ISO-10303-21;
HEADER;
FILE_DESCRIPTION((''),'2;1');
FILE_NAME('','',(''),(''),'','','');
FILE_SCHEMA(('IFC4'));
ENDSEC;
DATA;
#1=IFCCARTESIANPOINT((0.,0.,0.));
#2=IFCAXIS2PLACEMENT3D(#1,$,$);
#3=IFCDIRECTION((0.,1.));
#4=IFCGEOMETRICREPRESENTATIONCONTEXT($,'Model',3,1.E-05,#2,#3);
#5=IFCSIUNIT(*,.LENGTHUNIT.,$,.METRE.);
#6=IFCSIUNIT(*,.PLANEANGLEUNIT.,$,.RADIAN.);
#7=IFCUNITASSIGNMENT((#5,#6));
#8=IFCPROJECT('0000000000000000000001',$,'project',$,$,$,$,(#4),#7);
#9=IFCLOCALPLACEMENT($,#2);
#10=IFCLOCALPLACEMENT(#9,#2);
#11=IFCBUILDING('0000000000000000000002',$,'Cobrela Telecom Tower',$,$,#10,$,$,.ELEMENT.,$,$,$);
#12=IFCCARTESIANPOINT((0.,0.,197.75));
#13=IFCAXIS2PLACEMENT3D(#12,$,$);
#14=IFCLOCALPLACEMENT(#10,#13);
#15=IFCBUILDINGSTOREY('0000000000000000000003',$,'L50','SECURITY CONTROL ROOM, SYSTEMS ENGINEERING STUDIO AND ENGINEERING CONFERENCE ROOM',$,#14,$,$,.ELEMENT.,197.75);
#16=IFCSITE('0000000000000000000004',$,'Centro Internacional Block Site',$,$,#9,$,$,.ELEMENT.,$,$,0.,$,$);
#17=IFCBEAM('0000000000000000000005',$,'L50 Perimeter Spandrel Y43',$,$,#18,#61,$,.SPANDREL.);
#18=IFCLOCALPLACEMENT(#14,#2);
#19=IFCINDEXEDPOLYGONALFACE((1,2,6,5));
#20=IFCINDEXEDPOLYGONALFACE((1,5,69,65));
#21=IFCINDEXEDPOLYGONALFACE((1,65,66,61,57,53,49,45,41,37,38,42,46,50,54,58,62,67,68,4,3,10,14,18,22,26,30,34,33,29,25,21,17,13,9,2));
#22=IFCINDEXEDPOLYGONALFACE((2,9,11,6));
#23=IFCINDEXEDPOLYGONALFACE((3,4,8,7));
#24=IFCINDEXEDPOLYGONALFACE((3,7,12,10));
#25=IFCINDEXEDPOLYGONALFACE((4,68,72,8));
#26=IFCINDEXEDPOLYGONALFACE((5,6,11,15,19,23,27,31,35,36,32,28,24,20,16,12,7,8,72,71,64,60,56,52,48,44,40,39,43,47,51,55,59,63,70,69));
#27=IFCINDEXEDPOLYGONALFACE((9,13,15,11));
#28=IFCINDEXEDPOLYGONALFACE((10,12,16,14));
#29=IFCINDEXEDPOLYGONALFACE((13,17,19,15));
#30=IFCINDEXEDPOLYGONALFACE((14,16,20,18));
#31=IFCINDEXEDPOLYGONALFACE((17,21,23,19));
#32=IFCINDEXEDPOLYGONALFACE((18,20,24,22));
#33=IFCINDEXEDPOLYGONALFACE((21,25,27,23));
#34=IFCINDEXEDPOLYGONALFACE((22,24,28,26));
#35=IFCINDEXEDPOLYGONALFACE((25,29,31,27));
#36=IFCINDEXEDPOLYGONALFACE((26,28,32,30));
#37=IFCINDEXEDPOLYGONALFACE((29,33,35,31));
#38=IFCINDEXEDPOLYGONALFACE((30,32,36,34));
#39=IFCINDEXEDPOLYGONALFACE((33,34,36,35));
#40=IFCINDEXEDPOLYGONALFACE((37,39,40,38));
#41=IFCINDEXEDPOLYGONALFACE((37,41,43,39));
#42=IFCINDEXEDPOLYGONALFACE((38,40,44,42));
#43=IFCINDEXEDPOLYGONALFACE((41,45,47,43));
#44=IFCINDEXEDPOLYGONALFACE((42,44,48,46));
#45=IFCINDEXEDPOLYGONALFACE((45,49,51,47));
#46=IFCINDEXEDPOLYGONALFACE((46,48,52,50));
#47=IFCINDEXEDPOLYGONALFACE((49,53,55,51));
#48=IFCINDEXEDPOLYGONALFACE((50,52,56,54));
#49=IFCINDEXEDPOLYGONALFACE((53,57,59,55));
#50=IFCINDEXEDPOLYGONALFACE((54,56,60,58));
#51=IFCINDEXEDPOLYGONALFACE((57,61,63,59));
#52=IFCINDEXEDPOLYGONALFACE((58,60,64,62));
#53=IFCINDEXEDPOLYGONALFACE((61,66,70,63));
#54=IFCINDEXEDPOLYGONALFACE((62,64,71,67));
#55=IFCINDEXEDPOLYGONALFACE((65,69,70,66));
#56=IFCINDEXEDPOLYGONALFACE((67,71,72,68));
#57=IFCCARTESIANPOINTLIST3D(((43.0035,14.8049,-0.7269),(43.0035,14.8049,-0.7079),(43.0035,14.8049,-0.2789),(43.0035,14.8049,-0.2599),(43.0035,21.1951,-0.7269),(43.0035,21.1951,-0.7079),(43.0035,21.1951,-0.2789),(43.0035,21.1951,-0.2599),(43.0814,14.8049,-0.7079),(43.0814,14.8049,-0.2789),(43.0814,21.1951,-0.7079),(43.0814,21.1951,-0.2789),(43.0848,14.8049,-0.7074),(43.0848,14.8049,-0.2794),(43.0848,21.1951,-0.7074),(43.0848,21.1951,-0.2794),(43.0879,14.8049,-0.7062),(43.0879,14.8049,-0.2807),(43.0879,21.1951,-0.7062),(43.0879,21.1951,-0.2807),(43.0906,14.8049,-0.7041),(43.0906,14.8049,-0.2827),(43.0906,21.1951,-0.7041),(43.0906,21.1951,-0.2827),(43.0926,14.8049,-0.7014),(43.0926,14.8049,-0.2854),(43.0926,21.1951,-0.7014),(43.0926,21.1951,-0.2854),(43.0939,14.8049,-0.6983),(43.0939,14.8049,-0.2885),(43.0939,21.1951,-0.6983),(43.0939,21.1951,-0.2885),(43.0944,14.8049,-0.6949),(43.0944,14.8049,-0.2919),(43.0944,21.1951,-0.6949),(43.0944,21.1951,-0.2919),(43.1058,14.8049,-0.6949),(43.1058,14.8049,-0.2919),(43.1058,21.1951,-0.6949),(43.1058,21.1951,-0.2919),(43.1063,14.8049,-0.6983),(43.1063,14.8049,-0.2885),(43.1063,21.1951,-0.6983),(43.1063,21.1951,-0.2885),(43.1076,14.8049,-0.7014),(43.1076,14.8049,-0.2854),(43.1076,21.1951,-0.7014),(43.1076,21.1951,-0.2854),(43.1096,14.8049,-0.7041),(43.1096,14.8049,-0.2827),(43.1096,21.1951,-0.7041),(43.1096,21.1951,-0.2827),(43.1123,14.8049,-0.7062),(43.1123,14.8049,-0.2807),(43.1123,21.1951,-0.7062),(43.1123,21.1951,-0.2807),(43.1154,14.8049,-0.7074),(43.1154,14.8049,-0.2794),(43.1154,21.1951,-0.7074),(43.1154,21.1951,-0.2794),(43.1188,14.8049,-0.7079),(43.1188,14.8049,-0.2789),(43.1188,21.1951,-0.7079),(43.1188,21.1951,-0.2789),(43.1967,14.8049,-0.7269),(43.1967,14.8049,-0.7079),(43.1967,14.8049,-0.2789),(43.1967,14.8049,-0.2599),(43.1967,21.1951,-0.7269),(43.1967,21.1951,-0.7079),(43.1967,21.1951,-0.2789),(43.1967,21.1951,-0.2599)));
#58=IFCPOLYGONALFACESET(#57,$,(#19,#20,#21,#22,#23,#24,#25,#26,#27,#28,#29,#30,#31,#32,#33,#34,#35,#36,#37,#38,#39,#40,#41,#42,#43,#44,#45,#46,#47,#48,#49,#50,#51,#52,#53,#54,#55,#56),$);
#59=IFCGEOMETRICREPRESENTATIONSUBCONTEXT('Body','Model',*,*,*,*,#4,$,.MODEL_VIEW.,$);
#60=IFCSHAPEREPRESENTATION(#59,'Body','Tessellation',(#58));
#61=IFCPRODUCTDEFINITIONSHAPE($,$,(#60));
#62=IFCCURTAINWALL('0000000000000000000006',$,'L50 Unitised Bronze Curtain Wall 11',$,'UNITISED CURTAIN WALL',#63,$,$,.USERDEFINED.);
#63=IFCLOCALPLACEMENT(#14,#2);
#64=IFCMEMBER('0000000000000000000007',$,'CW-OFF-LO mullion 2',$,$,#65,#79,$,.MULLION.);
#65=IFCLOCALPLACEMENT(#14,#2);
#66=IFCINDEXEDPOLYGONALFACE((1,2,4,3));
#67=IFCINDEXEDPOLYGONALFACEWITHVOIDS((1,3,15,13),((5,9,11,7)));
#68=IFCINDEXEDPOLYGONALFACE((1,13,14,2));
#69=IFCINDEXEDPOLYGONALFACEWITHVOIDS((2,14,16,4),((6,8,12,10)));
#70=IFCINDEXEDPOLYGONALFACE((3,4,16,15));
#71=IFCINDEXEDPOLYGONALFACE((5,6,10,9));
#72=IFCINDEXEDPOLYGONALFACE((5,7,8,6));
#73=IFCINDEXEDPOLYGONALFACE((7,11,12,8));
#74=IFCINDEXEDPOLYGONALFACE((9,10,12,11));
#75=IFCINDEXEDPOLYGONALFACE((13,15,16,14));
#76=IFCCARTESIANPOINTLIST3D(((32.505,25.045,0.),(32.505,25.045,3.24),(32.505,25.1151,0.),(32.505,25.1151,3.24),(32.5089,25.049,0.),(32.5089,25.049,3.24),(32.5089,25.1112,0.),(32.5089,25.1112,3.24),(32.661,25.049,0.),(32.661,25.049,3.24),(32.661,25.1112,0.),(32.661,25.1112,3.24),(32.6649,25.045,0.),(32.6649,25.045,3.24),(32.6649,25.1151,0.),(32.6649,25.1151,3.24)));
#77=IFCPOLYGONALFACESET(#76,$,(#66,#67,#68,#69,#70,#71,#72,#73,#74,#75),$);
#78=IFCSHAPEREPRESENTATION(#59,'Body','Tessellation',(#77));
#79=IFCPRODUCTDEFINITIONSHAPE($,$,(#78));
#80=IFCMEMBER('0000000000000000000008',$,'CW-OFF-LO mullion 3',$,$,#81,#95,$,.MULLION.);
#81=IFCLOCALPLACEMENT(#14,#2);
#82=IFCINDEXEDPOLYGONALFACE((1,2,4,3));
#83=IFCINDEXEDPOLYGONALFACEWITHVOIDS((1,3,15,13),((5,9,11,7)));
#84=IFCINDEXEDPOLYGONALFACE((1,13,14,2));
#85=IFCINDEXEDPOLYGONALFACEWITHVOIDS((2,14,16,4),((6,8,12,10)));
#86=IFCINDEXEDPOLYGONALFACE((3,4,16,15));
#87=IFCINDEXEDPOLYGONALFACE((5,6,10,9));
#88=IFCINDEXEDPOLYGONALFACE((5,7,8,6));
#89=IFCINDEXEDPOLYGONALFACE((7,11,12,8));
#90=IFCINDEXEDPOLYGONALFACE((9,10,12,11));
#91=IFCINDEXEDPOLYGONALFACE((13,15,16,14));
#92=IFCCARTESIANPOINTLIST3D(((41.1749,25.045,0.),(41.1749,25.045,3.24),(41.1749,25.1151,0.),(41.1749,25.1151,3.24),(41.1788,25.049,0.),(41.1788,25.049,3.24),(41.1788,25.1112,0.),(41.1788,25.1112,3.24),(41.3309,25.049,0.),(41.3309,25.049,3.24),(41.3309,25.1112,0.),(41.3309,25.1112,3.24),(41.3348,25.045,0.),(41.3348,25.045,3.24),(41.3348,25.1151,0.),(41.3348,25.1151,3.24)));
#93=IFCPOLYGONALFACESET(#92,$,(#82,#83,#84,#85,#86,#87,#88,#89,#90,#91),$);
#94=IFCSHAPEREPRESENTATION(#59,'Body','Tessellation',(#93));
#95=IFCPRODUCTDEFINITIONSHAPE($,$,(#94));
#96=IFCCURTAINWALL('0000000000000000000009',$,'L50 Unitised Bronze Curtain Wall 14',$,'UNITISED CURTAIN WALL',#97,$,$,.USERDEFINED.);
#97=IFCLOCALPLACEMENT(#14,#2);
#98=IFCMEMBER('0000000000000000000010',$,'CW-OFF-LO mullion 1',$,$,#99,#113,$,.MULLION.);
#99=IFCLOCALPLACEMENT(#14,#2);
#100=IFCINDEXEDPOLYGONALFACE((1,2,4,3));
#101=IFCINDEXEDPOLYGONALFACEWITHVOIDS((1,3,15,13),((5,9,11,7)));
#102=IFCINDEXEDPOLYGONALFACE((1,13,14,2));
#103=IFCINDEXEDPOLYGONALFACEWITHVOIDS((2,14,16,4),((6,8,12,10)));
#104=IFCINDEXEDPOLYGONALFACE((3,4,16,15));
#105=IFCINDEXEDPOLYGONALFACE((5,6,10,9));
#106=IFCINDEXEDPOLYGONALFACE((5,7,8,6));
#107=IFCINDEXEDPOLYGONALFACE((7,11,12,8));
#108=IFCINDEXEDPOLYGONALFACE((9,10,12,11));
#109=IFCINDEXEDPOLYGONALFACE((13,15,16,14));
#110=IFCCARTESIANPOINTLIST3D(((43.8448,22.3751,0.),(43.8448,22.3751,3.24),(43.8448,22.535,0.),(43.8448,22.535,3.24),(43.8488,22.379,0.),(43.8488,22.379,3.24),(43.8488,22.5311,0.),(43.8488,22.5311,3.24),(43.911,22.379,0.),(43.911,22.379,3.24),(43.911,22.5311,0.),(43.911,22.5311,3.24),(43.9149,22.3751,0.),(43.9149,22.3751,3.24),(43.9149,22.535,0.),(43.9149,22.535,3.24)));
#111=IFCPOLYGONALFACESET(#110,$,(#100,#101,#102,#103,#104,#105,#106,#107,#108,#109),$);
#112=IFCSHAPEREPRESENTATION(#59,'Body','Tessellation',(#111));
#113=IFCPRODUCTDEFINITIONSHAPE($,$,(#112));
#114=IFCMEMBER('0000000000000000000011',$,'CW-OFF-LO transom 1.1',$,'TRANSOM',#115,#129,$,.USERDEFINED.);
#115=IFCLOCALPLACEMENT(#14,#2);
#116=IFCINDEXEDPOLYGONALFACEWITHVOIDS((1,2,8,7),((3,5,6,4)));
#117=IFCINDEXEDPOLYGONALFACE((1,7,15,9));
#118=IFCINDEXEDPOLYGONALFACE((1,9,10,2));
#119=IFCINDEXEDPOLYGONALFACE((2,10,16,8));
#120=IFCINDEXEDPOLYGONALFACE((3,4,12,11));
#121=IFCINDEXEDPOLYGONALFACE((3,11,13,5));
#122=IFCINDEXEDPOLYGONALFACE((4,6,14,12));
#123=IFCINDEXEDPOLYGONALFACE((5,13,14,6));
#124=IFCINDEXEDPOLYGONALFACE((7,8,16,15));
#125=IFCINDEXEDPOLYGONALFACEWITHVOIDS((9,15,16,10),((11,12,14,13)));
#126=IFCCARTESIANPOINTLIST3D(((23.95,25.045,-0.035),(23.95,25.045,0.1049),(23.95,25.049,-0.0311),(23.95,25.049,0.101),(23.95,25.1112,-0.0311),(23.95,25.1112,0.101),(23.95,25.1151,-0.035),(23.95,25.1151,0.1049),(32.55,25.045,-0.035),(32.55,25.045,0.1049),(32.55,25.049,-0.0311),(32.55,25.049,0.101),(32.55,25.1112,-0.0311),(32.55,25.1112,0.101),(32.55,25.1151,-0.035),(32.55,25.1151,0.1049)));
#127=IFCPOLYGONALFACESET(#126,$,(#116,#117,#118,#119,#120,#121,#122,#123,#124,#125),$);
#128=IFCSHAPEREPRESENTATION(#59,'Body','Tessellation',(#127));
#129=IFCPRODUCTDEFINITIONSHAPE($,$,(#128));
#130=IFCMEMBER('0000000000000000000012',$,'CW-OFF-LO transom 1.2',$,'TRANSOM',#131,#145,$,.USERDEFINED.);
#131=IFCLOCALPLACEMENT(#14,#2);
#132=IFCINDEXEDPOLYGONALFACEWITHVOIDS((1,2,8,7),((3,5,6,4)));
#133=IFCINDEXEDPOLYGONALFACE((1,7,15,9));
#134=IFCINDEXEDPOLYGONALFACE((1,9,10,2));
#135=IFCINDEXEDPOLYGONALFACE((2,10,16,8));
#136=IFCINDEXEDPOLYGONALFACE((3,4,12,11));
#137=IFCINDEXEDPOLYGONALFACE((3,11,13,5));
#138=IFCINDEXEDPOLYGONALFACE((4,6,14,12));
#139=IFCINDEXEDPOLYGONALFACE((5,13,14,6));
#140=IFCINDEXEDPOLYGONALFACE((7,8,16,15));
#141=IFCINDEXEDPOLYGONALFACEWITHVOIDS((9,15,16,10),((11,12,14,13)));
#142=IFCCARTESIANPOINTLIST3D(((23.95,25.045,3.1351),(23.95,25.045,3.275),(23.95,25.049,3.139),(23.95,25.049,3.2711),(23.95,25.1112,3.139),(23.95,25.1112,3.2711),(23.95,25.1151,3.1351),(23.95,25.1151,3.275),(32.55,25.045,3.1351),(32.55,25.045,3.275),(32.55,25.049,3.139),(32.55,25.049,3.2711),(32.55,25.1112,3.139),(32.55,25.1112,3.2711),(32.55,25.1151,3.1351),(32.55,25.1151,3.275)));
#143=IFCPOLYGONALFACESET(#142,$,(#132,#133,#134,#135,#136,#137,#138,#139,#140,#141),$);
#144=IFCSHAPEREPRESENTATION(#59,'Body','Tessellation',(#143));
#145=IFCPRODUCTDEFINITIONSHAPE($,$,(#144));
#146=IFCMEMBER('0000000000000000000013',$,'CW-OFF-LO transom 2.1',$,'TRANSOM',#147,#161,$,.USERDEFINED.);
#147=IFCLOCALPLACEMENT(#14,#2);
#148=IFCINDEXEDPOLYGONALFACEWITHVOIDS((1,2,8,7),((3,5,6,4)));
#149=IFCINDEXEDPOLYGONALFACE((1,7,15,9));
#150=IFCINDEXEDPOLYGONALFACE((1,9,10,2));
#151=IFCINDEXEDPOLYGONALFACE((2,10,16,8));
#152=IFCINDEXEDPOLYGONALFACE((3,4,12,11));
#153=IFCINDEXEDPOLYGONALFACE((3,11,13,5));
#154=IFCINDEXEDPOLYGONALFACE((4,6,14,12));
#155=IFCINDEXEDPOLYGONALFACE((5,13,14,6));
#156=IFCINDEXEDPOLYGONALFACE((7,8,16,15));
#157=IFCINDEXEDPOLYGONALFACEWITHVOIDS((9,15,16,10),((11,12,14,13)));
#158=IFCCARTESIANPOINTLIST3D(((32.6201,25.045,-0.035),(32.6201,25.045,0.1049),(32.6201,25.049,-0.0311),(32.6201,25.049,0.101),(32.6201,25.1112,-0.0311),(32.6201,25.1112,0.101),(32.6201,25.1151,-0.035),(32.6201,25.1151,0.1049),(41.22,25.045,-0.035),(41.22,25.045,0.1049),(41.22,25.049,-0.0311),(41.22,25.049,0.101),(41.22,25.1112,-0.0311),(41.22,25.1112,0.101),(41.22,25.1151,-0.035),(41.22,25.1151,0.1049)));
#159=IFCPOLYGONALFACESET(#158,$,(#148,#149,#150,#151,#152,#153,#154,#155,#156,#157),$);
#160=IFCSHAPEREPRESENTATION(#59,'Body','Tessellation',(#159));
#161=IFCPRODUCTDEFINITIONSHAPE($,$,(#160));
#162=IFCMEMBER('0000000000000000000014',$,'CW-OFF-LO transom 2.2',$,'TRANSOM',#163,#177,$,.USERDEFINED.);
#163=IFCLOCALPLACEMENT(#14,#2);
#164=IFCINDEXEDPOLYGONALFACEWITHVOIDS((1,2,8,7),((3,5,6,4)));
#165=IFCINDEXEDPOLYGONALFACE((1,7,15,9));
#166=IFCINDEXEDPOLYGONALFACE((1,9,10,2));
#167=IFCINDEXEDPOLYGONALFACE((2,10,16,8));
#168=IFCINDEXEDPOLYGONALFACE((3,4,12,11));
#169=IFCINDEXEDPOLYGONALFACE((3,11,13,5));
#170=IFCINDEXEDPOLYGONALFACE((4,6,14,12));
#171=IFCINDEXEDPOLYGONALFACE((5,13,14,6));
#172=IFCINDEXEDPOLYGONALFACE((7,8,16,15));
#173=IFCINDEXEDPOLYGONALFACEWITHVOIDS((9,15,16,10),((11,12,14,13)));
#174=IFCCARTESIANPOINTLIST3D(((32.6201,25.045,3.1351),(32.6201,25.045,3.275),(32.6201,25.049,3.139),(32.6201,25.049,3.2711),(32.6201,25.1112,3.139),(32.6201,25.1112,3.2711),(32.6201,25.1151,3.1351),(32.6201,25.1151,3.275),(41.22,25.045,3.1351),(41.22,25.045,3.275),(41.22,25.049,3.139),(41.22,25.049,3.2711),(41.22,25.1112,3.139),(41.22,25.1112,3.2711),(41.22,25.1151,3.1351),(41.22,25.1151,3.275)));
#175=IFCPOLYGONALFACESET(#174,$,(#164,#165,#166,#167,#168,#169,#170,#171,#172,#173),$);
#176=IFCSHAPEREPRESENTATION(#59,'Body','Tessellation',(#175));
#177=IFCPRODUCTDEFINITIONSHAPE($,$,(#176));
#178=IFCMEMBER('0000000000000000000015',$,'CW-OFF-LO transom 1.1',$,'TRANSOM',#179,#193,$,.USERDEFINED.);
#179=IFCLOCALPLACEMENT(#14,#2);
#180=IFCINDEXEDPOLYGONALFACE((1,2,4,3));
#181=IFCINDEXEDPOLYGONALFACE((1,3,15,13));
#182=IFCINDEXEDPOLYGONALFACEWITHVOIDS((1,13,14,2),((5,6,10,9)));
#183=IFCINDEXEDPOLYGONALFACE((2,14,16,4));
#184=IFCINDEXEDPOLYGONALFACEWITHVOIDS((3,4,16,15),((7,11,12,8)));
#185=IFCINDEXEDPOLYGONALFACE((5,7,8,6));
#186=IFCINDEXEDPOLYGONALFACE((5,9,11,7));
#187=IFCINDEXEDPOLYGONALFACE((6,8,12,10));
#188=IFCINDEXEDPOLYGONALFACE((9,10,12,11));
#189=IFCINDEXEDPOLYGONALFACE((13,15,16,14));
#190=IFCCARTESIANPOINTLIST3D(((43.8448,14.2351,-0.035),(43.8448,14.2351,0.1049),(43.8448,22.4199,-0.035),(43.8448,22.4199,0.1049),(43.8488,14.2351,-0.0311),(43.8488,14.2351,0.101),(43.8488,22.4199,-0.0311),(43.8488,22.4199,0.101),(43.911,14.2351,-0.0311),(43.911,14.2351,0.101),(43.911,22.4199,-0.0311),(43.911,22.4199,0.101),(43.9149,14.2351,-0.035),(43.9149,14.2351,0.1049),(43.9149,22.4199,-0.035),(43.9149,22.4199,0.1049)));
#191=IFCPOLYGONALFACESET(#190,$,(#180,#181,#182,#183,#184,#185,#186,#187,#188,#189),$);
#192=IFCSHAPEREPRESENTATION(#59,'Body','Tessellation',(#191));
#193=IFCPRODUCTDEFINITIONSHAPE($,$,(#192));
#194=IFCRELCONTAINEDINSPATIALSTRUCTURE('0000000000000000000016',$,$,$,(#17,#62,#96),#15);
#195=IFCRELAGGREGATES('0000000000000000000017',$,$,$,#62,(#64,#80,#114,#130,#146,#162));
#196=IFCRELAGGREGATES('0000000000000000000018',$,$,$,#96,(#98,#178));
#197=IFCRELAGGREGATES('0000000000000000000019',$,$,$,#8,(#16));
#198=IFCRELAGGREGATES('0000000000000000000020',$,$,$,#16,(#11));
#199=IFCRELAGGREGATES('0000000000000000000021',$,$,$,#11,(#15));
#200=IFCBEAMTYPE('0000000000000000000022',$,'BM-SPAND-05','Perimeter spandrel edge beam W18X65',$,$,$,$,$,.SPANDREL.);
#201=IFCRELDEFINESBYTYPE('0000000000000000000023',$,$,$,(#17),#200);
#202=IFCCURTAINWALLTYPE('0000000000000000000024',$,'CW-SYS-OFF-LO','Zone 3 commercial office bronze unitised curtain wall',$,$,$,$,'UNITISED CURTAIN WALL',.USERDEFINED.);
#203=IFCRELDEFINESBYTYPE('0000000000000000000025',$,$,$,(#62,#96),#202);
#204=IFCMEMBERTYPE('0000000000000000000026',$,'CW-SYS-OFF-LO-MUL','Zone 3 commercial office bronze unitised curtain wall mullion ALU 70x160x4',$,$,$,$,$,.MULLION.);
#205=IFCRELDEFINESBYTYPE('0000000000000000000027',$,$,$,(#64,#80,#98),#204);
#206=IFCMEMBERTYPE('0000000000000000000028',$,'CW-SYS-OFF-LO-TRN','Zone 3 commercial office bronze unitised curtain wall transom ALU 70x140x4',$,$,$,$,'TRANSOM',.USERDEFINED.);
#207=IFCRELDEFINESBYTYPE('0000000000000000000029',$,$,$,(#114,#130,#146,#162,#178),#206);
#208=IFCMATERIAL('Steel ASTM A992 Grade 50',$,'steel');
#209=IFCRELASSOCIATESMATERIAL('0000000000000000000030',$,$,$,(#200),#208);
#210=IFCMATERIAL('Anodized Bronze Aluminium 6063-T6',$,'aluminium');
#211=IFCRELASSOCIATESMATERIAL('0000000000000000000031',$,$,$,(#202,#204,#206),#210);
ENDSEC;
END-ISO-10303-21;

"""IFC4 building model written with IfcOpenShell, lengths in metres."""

from ifc_helpers import new_model, si_unit, direction, frame, origin, origin_2d, place, context, subcontext, project, spatial, hollow_rectangle, i_section, extrude, material, material_profile, profile_set, type_object, element, aggregate, save


model = new_model("IFC4")

# Units and contexts
model_context = context("Model", 3, precision=1e-05, world=origin(), true_north=direction((0.0, 1.0)))
body_context = subcontext(model_context, "Body", "Model", "MODEL_VIEW")
ifc_project = project(units=[si_unit("LENGTHUNIT", "METRE"), si_unit("PLANEANGLEUNIT", "RADIAN")], contexts=[model_context])

# Site, building, storey
site_placement = place(None, origin())
site = spatial("IfcSite", under=ifc_project, at=site_placement, Name="Centro Internacional Block Site", CompositionType="ELEMENT", RefElevation=0.0)
building_placement = place(site_placement, origin())
building = spatial("IfcBuilding", under=site, at=building_placement, Name="Cobrela Telecom Tower", CompositionType="ELEMENT")
storey_placement = place(building_placement, frame((0.0, 0.0, 197.75)))
storey = spatial("IfcBuildingStorey", under=building, at=storey_placement, Name="L50", Description="SECURITY CONTROL ROOM, SYSTEMS ENGINEERING STUDIO AND ENGINEERING CONFERENCE ROOM", CompositionType="ELEMENT", Elevation=197.75)

# Shared definitions
ifc_material_1 = material(Name="Steel ASTM A992 Grade 50", Category="steel")

# Beam
ifc_material_profile_1 = material_profile(ifc_material_1, i_section(OverallWidth=0.1931, OverallDepth=0.467, WebThickness=0.0115, FlangeThickness=0.019, FilletRadius=0.0129, at=origin_2d()), Name="W18X65")
ifc_profile_set_1 = profile_set([ifc_material_profile_1], Name="Steel ASTM A992 Grade 50")
beam_type_1 = type_object("IfcBeamType", Name="BM-SPAND-05", Description="Perimeter spandrel edge beam W18X65", PredefinedType="SPANDREL", material=ifc_profile_set_1)
beam_1_placement = place(storey_placement, frame((43.1001, 14.8049, -0.4934), z_axis=(0.0, 1.0, 0.0), x_axis=(-1.0, 0.0, 0.0)))
element("IfcBeam", 1, at=beam_1_placement, inside=storey, type_object=beam_type_1, Name="L50 Perimeter Spandrel Y43", PredefinedType="SPANDREL", context=body_context, shape_type="SweptSolid", body=[
    extrude(i_section(OverallWidth=0.1931, OverallDepth=0.467, WebThickness=0.0115, FlangeThickness=0.019, FilletRadius=0.0129, at=origin_2d()), origin(), (0.0, 0.0, 1.0), 6.3901),
])

# Curtain wall, members
ifc_material_2 = material(Name="Anodized Bronze Aluminium 6063-T6", Category="aluminium")
curtain_wall_type = type_object("IfcCurtainWallType", Name="CW-SYS-OFF-LO", Description="Zone 3 commercial office bronze unitised curtain wall", ElementType="UNITISED CURTAIN WALL", PredefinedType="USERDEFINED", material=ifc_material_2)
curtain_wall_1_placement = place(storey_placement, origin())
curtain_wall_1 = element("IfcCurtainWall", 2, at=curtain_wall_1_placement, inside=storey, type_object=curtain_wall_type, Name="L50 Unitised Bronze Curtain Wall 11", ObjectType="UNITISED CURTAIN WALL", PredefinedType="USERDEFINED")
ifc_material_profile_2 = material_profile(ifc_material_2, hollow_rectangle(XDim=0.0701, YDim=0.1599, WallThickness=0.0039, at=origin_2d()), Name="ALU 70x160x4")
ifc_profile_set_2 = profile_set([ifc_material_profile_2], Name="Anodized Bronze Aluminium 6063-T6")
member_type_1 = type_object("IfcMemberType", Name="CW-SYS-OFF-LO-MUL", Description="Zone 3 commercial office bronze unitised curtain wall mullion ALU 70x160x4", PredefinedType="MULLION", material=ifc_profile_set_2)
member_1_placement = place(storey_placement, frame((32.585, 25.0801, 0.0), z_axis=(0.0, 0.0, 1.0), x_axis=(0.0, 1.0, 0.0)))
member_1 = element("IfcMember", 3, at=member_1_placement, type_object=member_type_1, Name="CW-OFF-LO mullion 2", PredefinedType="MULLION", context=body_context, shape_type="SweptSolid", body=[
    extrude(hollow_rectangle(XDim=0.0701, YDim=0.1599, WallThickness=0.0039, at=origin_2d()), origin(), (0.0, 0.0, 1.0), 3.24),
])
member_2_placement = place(storey_placement, frame((41.2549, 25.0801, 0.0), z_axis=(0.0, 0.0, 1.0), x_axis=(0.0, 1.0, 0.0)))
member_2 = element("IfcMember", 4, at=member_2_placement, type_object=member_type_1, Name="CW-OFF-LO mullion 3", PredefinedType="MULLION", context=body_context, shape_type="SweptSolid", body=[
    extrude(hollow_rectangle(XDim=0.0701, YDim=0.1599, WallThickness=0.0039, at=origin_2d()), origin(), (0.0, 0.0, 1.0), 3.24),
])

# Curtain wall, member
curtain_wall_2_placement = place(storey_placement, origin())
curtain_wall_2 = element("IfcCurtainWall", 5, at=curtain_wall_2_placement, inside=storey, type_object=curtain_wall_type, Name="L50 Unitised Bronze Curtain Wall 14", ObjectType="UNITISED CURTAIN WALL", PredefinedType="USERDEFINED")
member_3_placement = place(storey_placement, frame((43.8799, 22.4551, 0.0), z_axis=(0.0, 0.0, 1.0), x_axis=(1.0, 0.0, 0.0)))
member_3 = element("IfcMember", 6, at=member_3_placement, type_object=member_type_1, Name="CW-OFF-LO mullion 1", PredefinedType="MULLION", context=body_context, shape_type="SweptSolid", body=[
    extrude(hollow_rectangle(XDim=0.0701, YDim=0.1599, WallThickness=0.0039, at=origin_2d()), origin(), (0.0, 0.0, 1.0), 3.24),
])

# Members
ifc_material_profile_3 = material_profile(ifc_material_2, hollow_rectangle(XDim=0.0701, YDim=0.1399, WallThickness=0.0039, at=origin_2d()), Name="ALU 70x140x4")
ifc_profile_set_3 = profile_set([ifc_material_profile_3], Name="Anodized Bronze Aluminium 6063-T6")
member_type_2 = type_object("IfcMemberType", Name="CW-SYS-OFF-LO-TRN", Description="Zone 3 commercial office bronze unitised curtain wall transom ALU 70x140x4", ElementType="TRANSOM", PredefinedType="USERDEFINED", material=ifc_profile_set_3)
member_4_placement = place(storey_placement, frame((23.95, 25.0801, 0.0349), z_axis=(1.0, 0.0, 0.0), x_axis=(0.0, 1.0, 0.0)))
member_4 = element("IfcMember", 7, at=member_4_placement, type_object=member_type_2, Name="CW-OFF-LO transom 1.1", ObjectType="TRANSOM", PredefinedType="USERDEFINED", context=body_context, shape_type="SweptSolid", body=[
    extrude(hollow_rectangle(XDim=0.0701, YDim=0.1399, WallThickness=0.0039, at=origin_2d()), origin(), (0.0, 0.0, 1.0), 8.6001),
])
member_5_placement = place(storey_placement, frame((23.95, 25.0801, 3.2051), z_axis=(1.0, 0.0, 0.0), x_axis=(0.0, 1.0, 0.0)))
member_5 = element("IfcMember", 8, at=member_5_placement, type_object=member_type_2, Name="CW-OFF-LO transom 1.2", ObjectType="TRANSOM", PredefinedType="USERDEFINED", context=body_context, shape_type="SweptSolid", body=[
    extrude(hollow_rectangle(XDim=0.0701, YDim=0.1399, WallThickness=0.0039, at=origin_2d()), origin(), (0.0, 0.0, 1.0), 8.6001),
])
member_6_placement = place(storey_placement, frame((32.6201, 25.0801, 0.0349), z_axis=(1.0, 0.0, 0.0), x_axis=(0.0, 1.0, 0.0)))
member_6 = element("IfcMember", 9, at=member_6_placement, type_object=member_type_2, Name="CW-OFF-LO transom 2.1", ObjectType="TRANSOM", PredefinedType="USERDEFINED", context=body_context, shape_type="SweptSolid", body=[
    extrude(hollow_rectangle(XDim=0.0701, YDim=0.1399, WallThickness=0.0039, at=origin_2d()), origin(), (0.0, 0.0, 1.0), 8.5999),
])
member_7_placement = place(storey_placement, frame((32.6201, 25.0801, 3.2051), z_axis=(1.0, 0.0, 0.0), x_axis=(0.0, 1.0, 0.0)))
member_7 = element("IfcMember", 10, at=member_7_placement, type_object=member_type_2, Name="CW-OFF-LO transom 2.2", ObjectType="TRANSOM", PredefinedType="USERDEFINED", context=body_context, shape_type="SweptSolid", body=[
    extrude(hollow_rectangle(XDim=0.0701, YDim=0.1399, WallThickness=0.0039, at=origin_2d()), origin(), (0.0, 0.0, 1.0), 8.5999),
])
member_8_placement = place(storey_placement, frame((43.8799, 22.4199, 0.0349), z_axis=(0.0, -1.0, 0.0), x_axis=(1.0, 0.0, 0.0)))
member_8 = element("IfcMember", 11, at=member_8_placement, type_object=member_type_2, Name="CW-OFF-LO transom 1.1", ObjectType="TRANSOM", PredefinedType="USERDEFINED", context=body_context, shape_type="SweptSolid", body=[
    extrude(hollow_rectangle(XDim=0.0701, YDim=0.1399, WallThickness=0.0039, at=origin_2d()), origin(), (0.0, 0.0, 1.0), 8.1848),
])

aggregate(curtain_wall_1, [member_1, member_2, member_4, member_5, member_6, member_7])
aggregate(curtain_wall_2, [member_3, member_8])

save(model, "model.ifc")
